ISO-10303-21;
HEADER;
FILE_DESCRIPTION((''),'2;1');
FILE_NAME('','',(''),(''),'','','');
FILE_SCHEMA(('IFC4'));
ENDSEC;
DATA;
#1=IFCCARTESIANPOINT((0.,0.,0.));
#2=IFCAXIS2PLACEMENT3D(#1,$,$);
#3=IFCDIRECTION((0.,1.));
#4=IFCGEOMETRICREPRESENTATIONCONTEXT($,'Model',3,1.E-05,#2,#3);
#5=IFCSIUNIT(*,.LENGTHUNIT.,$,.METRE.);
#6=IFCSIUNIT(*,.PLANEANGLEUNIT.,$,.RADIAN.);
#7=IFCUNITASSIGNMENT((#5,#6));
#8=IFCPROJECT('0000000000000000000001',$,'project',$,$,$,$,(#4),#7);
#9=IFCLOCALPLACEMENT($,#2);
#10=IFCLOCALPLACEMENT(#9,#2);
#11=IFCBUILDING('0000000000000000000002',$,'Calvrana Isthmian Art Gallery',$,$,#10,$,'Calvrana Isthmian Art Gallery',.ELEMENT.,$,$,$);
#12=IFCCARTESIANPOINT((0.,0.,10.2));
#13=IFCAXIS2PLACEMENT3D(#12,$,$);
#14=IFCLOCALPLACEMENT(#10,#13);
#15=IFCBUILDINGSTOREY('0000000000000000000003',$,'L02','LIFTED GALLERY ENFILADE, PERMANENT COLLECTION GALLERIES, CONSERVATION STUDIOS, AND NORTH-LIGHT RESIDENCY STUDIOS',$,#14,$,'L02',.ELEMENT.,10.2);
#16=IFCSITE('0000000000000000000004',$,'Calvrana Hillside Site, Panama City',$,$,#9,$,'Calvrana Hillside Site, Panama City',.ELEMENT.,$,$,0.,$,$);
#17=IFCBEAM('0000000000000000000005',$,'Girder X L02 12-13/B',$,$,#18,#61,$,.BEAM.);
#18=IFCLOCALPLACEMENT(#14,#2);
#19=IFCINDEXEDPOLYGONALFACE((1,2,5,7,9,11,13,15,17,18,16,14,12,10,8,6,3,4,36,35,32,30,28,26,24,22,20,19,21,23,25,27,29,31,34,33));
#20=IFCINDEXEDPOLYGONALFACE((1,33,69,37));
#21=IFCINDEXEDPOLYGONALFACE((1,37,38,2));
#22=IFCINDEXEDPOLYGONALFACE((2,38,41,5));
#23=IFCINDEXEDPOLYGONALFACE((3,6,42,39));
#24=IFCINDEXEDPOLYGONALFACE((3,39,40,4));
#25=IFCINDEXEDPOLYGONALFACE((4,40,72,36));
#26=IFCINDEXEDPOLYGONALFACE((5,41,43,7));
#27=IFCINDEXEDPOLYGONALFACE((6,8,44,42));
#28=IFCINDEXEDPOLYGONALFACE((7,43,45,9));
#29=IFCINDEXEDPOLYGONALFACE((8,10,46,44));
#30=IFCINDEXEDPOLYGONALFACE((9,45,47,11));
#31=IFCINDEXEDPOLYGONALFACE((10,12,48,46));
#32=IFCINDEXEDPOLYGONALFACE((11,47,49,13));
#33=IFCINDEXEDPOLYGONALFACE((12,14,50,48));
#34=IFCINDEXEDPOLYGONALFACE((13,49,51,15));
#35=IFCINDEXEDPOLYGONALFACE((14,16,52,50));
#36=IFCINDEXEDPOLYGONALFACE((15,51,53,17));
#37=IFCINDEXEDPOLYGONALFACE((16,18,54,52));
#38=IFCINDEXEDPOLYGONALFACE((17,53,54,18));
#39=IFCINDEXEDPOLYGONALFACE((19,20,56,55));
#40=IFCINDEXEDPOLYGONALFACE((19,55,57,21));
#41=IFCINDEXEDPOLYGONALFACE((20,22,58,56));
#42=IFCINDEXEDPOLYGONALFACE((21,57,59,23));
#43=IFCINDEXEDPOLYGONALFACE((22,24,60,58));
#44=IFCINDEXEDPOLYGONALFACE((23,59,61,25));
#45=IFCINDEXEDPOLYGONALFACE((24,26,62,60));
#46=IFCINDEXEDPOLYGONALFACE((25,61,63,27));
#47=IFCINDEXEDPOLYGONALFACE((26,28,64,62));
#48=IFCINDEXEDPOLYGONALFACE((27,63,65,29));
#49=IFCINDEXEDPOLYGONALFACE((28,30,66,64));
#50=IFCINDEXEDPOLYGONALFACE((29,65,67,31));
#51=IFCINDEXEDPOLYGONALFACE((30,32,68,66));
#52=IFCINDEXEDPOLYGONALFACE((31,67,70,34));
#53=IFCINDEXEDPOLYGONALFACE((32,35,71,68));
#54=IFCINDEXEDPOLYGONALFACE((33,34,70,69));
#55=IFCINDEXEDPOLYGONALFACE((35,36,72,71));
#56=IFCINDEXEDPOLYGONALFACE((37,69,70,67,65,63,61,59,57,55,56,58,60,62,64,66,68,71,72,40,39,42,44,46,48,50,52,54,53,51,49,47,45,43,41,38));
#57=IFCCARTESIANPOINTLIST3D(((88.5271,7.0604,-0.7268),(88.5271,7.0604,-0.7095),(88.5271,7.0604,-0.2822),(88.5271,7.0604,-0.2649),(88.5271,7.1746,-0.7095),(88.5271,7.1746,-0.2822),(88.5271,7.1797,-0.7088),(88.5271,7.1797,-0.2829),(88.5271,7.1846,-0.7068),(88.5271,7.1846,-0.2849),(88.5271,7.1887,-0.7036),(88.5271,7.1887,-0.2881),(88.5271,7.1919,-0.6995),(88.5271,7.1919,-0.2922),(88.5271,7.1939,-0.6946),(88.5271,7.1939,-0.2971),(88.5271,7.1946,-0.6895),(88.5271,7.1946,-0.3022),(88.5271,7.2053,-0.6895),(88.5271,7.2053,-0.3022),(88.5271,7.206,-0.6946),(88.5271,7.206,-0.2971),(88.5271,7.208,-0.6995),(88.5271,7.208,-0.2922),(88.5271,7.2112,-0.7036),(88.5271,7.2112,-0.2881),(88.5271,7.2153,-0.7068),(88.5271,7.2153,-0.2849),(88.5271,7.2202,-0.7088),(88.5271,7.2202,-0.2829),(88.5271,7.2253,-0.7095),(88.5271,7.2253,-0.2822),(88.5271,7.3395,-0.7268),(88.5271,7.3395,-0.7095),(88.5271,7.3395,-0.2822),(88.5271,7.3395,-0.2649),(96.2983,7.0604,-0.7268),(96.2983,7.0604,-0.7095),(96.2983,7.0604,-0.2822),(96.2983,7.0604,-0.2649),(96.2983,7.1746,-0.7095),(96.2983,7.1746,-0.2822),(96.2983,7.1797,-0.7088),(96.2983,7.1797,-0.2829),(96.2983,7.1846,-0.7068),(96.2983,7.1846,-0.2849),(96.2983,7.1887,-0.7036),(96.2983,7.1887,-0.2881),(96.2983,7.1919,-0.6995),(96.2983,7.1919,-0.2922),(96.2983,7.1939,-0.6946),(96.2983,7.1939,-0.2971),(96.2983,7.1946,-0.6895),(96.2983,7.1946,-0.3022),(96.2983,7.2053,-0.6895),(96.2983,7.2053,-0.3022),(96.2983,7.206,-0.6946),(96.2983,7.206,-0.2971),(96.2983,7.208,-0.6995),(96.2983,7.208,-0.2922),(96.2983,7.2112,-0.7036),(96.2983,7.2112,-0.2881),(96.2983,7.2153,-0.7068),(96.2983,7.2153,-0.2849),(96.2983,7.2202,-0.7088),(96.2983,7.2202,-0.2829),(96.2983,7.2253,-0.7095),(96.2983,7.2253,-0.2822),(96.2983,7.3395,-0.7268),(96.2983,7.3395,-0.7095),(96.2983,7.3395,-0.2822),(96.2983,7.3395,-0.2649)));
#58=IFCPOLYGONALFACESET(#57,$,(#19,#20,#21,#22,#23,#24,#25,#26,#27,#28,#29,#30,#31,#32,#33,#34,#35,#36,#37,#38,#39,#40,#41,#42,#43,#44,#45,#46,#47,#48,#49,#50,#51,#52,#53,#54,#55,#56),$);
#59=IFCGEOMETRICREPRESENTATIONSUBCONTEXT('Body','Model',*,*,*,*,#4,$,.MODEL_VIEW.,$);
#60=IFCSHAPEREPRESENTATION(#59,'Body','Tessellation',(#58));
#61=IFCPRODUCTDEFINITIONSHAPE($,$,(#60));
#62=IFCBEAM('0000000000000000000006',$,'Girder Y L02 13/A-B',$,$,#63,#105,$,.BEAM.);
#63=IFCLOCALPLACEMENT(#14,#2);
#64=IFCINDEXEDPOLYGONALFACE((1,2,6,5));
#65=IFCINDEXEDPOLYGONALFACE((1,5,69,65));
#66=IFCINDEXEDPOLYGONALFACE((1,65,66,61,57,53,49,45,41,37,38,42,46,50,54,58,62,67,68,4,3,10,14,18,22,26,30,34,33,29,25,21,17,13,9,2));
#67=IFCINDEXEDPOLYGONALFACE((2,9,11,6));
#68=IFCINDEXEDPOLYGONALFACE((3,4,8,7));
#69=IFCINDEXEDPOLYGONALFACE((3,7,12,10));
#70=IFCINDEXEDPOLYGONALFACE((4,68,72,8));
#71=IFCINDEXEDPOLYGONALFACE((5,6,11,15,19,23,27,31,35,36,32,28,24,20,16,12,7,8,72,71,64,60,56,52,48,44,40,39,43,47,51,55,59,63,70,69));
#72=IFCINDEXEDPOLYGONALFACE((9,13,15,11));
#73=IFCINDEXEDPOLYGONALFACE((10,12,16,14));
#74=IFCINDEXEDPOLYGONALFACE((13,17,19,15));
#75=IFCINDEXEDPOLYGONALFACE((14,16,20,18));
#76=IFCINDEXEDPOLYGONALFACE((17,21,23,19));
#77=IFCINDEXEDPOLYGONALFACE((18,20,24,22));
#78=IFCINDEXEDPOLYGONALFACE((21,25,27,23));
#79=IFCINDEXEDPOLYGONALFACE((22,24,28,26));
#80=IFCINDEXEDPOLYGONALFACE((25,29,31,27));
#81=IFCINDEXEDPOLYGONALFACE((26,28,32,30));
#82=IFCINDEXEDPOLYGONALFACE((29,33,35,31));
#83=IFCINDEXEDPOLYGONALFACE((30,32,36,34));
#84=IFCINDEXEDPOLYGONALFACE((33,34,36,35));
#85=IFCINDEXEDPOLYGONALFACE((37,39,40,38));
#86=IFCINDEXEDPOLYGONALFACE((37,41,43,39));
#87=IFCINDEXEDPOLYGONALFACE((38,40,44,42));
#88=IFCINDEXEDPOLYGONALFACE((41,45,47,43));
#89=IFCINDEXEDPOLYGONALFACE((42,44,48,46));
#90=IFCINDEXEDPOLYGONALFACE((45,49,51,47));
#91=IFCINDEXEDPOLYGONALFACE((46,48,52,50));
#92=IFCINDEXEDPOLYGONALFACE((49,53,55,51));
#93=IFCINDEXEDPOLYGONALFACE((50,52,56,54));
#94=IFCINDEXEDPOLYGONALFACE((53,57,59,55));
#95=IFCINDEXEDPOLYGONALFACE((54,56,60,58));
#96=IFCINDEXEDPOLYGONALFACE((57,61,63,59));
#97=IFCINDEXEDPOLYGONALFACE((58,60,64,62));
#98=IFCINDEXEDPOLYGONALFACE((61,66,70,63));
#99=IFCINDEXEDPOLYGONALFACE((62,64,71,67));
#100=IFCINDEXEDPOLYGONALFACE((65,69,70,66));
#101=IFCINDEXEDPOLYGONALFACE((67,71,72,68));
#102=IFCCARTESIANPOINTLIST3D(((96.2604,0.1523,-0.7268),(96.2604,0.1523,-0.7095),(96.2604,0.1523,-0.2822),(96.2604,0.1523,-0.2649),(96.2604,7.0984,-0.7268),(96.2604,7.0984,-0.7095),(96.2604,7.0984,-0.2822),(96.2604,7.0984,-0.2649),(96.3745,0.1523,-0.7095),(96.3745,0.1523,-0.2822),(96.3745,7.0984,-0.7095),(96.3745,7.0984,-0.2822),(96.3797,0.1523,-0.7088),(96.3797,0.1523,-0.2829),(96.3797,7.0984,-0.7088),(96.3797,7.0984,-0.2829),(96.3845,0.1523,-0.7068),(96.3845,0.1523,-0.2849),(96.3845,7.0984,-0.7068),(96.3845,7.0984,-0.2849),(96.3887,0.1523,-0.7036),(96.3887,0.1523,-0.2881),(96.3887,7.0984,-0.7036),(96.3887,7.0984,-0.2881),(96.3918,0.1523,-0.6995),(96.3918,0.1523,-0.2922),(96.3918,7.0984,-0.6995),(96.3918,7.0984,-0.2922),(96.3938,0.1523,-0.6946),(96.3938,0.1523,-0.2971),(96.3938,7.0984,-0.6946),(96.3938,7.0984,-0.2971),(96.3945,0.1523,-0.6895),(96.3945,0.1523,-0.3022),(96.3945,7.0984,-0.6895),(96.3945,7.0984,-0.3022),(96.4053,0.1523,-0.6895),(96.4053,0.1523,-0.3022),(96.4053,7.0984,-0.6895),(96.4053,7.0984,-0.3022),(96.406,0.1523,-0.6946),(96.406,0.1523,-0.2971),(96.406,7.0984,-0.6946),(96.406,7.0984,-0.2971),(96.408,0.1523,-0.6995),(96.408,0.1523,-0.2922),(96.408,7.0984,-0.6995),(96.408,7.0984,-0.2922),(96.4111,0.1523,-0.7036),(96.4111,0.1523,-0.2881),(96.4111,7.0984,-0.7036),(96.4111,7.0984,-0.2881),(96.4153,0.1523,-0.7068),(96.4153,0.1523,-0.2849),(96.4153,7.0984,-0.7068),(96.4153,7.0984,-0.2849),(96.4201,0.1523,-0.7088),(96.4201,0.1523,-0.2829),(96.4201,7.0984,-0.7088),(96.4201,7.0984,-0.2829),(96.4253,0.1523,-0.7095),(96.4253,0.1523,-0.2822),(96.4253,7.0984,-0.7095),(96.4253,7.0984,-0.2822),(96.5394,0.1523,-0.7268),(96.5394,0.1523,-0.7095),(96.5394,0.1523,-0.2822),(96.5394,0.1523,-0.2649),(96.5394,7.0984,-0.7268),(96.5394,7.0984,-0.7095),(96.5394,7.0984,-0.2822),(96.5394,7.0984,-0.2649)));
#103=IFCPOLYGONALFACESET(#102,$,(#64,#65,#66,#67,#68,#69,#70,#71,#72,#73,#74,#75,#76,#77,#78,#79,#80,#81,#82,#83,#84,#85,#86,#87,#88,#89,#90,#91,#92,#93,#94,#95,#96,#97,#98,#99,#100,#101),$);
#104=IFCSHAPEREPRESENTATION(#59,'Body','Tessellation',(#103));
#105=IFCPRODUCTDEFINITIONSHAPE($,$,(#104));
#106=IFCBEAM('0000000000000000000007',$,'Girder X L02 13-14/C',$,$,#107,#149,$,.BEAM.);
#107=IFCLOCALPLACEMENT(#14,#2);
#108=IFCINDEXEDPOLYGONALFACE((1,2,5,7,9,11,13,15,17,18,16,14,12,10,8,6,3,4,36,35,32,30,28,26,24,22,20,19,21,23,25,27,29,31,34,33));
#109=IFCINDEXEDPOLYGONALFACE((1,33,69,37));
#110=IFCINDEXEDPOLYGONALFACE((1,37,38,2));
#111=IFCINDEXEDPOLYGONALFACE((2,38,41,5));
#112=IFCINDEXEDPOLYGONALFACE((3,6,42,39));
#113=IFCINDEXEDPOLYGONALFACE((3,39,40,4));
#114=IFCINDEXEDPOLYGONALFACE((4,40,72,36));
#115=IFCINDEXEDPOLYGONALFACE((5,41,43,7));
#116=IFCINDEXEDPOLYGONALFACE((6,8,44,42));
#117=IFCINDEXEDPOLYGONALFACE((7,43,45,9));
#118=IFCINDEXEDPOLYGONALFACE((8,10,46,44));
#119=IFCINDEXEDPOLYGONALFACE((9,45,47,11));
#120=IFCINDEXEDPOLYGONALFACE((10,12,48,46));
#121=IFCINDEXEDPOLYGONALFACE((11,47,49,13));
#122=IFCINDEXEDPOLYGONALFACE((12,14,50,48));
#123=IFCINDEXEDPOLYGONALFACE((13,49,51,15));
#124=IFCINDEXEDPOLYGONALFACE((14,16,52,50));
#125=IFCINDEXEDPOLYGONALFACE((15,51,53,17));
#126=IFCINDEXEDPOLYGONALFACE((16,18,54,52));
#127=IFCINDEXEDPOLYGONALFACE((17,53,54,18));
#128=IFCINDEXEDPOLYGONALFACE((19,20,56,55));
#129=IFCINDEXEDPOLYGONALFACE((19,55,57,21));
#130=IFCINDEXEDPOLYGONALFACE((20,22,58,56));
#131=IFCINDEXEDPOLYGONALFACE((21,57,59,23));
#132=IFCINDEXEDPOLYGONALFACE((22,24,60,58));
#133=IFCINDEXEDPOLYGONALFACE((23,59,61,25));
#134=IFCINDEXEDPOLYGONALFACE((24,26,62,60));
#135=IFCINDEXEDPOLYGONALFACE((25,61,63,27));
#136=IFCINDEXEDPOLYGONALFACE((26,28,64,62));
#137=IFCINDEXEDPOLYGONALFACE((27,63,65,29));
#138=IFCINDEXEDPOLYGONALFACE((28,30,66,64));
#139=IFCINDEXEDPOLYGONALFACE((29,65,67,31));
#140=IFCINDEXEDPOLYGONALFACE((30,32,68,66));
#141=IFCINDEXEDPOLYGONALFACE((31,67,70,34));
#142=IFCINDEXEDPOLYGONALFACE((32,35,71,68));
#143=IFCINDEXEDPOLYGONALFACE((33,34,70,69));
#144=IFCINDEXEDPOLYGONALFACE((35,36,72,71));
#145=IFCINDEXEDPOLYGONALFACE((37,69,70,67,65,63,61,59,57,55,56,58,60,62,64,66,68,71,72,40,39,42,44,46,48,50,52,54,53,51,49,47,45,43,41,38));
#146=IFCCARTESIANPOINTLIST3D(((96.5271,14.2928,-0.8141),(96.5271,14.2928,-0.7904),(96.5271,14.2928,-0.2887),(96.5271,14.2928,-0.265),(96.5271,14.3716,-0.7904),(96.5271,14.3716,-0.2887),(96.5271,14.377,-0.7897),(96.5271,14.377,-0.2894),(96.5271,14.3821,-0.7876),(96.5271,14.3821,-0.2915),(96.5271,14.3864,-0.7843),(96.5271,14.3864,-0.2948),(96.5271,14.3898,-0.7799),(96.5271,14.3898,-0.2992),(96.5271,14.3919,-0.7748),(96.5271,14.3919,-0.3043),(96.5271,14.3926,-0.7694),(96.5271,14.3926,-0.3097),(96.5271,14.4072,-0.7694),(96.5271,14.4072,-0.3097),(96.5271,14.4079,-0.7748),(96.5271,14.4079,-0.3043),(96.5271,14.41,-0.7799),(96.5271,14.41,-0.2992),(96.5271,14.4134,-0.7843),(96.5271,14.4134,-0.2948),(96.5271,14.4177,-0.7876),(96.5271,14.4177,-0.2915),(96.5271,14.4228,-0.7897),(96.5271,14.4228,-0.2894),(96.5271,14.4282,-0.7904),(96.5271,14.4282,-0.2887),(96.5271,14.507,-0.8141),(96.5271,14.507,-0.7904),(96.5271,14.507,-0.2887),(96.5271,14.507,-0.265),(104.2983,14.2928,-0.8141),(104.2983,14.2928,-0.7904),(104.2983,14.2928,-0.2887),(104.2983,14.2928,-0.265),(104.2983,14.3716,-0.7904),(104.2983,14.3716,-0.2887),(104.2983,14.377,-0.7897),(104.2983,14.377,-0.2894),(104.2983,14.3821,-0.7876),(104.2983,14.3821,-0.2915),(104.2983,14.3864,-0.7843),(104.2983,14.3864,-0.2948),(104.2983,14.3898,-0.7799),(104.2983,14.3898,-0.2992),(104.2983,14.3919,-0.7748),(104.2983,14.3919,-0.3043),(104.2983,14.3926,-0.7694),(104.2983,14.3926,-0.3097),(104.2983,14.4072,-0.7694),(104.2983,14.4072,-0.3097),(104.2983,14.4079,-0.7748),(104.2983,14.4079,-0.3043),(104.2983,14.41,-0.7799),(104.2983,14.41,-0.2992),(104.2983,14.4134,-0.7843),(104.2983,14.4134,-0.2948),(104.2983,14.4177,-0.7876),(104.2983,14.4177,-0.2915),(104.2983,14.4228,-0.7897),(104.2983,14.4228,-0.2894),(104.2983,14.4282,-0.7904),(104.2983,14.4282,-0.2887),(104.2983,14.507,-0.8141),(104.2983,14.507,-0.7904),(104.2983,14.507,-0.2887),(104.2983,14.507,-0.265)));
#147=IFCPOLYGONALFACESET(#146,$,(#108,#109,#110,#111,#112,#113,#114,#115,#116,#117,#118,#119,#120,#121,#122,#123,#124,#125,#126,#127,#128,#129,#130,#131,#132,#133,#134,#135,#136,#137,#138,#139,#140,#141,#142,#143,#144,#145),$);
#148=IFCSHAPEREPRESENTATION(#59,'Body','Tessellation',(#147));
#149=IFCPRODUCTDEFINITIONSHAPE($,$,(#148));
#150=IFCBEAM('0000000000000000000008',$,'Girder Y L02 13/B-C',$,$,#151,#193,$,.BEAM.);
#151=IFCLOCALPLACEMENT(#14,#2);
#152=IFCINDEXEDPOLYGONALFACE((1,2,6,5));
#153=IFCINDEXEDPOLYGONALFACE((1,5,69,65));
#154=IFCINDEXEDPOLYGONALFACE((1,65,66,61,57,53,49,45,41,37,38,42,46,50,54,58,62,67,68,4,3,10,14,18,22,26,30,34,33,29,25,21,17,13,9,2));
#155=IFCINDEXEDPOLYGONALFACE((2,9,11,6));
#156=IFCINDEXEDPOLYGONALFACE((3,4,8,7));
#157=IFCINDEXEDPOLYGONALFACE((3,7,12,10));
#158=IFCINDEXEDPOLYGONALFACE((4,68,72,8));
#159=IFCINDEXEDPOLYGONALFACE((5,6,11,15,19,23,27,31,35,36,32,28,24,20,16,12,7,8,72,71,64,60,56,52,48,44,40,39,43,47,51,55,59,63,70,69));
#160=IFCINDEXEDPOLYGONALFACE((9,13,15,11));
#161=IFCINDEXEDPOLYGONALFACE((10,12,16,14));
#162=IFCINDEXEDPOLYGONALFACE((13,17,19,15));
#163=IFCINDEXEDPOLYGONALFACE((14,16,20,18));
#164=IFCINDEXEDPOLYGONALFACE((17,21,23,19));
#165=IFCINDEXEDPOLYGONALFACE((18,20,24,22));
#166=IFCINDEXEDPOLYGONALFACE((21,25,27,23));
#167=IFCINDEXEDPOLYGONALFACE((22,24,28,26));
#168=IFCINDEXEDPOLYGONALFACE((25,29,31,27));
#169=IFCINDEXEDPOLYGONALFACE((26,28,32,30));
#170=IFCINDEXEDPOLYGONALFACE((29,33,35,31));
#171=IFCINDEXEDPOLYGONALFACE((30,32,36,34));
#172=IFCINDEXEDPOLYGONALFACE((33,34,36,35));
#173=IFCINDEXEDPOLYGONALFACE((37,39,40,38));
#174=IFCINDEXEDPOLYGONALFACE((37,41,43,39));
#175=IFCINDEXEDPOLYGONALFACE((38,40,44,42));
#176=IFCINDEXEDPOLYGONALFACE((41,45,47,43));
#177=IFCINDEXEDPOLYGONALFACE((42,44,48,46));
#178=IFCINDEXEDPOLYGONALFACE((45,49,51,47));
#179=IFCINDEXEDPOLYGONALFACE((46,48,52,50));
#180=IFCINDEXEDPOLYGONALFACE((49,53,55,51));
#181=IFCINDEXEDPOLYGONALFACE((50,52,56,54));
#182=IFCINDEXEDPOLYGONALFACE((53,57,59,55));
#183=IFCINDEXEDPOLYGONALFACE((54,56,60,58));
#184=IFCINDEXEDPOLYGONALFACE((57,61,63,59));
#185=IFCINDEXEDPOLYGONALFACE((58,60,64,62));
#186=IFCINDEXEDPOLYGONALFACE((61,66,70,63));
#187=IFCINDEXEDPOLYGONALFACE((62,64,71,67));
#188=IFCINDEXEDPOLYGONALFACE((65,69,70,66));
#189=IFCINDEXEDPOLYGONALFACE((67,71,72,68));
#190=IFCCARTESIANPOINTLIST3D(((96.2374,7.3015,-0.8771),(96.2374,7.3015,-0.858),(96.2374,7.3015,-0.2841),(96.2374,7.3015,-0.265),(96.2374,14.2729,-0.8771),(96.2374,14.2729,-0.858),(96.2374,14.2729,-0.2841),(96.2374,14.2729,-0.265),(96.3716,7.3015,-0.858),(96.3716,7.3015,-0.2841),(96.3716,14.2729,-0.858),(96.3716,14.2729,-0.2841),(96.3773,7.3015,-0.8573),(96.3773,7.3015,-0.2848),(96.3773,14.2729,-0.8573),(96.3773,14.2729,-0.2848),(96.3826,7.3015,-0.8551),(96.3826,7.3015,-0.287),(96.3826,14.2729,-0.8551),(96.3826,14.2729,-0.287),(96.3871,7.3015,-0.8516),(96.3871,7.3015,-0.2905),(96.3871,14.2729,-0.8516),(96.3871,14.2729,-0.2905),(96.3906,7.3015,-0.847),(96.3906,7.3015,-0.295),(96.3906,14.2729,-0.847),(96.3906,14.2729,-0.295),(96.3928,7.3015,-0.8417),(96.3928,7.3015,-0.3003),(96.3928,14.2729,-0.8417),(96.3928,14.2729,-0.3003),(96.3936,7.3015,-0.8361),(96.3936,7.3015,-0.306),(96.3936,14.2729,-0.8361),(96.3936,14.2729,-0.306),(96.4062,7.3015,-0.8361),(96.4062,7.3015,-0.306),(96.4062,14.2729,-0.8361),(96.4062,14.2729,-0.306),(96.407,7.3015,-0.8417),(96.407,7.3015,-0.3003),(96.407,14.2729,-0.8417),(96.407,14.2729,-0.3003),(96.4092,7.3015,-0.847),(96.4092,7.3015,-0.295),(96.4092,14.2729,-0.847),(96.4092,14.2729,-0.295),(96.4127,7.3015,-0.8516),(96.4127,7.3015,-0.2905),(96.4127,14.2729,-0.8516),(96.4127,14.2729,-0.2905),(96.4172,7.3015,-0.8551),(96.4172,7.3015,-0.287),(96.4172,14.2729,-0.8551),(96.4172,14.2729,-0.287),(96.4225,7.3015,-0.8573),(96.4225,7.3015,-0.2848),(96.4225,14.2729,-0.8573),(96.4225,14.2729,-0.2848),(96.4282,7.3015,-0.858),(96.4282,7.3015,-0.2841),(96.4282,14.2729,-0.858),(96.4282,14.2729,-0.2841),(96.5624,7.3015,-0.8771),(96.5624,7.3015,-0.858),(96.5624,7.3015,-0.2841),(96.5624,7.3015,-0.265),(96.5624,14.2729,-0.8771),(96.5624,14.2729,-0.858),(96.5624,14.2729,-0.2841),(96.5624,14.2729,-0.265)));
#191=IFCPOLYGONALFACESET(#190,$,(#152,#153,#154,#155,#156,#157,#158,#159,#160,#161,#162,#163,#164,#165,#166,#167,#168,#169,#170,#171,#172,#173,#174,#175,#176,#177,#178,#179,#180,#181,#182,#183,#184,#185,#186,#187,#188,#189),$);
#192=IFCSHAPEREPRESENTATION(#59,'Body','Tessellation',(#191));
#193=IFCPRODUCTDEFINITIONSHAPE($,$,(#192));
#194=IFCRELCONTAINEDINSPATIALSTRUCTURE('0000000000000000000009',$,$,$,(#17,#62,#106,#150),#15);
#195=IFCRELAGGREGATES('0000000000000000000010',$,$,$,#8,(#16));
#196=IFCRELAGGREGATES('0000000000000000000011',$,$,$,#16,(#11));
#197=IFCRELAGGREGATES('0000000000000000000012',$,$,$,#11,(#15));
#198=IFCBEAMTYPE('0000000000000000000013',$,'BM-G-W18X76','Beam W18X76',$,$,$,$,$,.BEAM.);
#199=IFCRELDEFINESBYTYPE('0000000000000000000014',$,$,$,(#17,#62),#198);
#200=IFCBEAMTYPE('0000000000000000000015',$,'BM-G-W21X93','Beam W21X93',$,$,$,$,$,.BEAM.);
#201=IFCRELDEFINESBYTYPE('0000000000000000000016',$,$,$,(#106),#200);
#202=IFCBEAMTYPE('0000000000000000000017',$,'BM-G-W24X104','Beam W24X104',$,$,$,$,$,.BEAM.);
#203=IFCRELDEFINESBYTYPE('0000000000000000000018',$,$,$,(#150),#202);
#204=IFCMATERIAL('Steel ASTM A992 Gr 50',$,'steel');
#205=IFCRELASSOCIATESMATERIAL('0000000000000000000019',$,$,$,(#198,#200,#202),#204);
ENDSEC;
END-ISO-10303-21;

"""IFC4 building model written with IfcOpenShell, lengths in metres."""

from ifc_helpers import new_model, si_unit, direction, frame, origin, origin_2d, place, context, subcontext, project, spatial, i_section, extrude, material, material_profile, profile_set, type_object, element, save


model = new_model("IFC4")

# Units and contexts
model_context = context("Model", 3, precision=1e-05, world=origin(), true_north=direction((0.0, 1.0)))
body_context = subcontext(model_context, "Body", "Model", "MODEL_VIEW")
ifc_project = project(units=[si_unit("LENGTHUNIT", "METRE"), si_unit("PLANEANGLEUNIT", "RADIAN")], contexts=[model_context])

# Site, building, storey
site_placement = place(None, origin())
site = spatial("IfcSite", under=ifc_project, at=site_placement, Name="Calvrana Hillside Site, Panama City", LongName="Calvrana Hillside Site, Panama City", CompositionType="ELEMENT", RefElevation=0.0)
building_placement = place(site_placement, origin())
building = spatial("IfcBuilding", under=site, at=building_placement, Name="Calvrana Isthmian Art Gallery", LongName="Calvrana Isthmian Art Gallery", CompositionType="ELEMENT")
storey_placement = place(building_placement, frame((0.0, 0.0, 10.2)))
storey = spatial("IfcBuildingStorey", under=building, at=storey_placement, Name="L02", Description="LIFTED GALLERY ENFILADE, PERMANENT COLLECTION GALLERIES, CONSERVATION STUDIOS, AND NORTH-LIGHT RESIDENCY STUDIOS", LongName="L02", CompositionType="ELEMENT", Elevation=10.2)

# Beams
ifc_material_1 = material(Name="Steel ASTM A992 Gr 50", Category="steel")
ifc_material_profile_1 = material_profile(ifc_material_1, i_section(OverallWidth=0.2791, OverallDepth=0.4619, WebThickness=0.0107, FlangeThickness=0.0173, FilletRadius=0.02, at=origin_2d()), Name="W18X76")
ifc_profile_set_1 = profile_set([ifc_material_profile_1], Name="Steel ASTM A992 Gr 50")
beam_type_1 = type_object("IfcBeamType", Name="BM-G-W18X76", Description="Beam W18X76", PredefinedType="BEAM", material=ifc_profile_set_1)
beam_1_placement = place(storey_placement, frame((88.5271, 7.2, -0.4958), z_axis=(1.0, 0.0, 0.0), x_axis=(0.0, 1.0, 0.0)))
element("IfcBeam", 1, at=beam_1_placement, inside=storey, type_object=beam_type_1, Name="Girder X L02 12-13/B", PredefinedType="BEAM", context=body_context, shape_type="SweptSolid", body=[
    extrude(i_section(OverallWidth=0.2791, OverallDepth=0.4619, WebThickness=0.0107, FlangeThickness=0.0173, FilletRadius=0.02, at=origin_2d()), origin(), (0.0, 0.0, 1.0), 7.7712),
])
beam_2_placement = place(storey_placement, frame((96.3999, 0.1523, -0.4958), z_axis=(0.0, 1.0, 0.0), x_axis=(-1.0, 0.0, 0.0)))
element("IfcBeam", 2, at=beam_2_placement, inside=storey, type_object=beam_type_1, Name="Girder Y L02 13/A-B", PredefinedType="BEAM", context=body_context, shape_type="SweptSolid", body=[
    extrude(i_section(OverallWidth=0.2791, OverallDepth=0.4619, WebThickness=0.0107, FlangeThickness=0.0173, FilletRadius=0.02, at=origin_2d()), origin(), (0.0, 0.0, 1.0), 6.946),
])
ifc_material_profile_2 = material_profile(ifc_material_1, i_section(OverallWidth=0.2141, OverallDepth=0.5491, WebThickness=0.0146, FlangeThickness=0.0237, FilletRadius=0.021, at=origin_2d()), Name="W21X93")
ifc_profile_set_2 = profile_set([ifc_material_profile_2], Name="Steel ASTM A992 Gr 50")
beam_type_2 = type_object("IfcBeamType", Name="BM-G-W21X93", Description="Beam W21X93", PredefinedType="BEAM", material=ifc_profile_set_2)
beam_3_placement = place(storey_placement, frame((96.5271, 14.3999, -0.5396), z_axis=(1.0, 0.0, 0.0), x_axis=(0.0, 1.0, 0.0)))
element("IfcBeam", 3, at=beam_3_placement, inside=storey, type_object=beam_type_2, Name="Girder X L02 13-14/C", PredefinedType="BEAM", context=body_context, shape_type="SweptSolid", body=[
    extrude(i_section(OverallWidth=0.2141, OverallDepth=0.5491, WebThickness=0.0146, FlangeThickness=0.0237, FilletRadius=0.021, at=origin_2d()), origin(), (0.0, 0.0, 1.0), 7.7712),
])
ifc_material_profile_3 = material_profile(ifc_material_1, i_section(OverallWidth=0.325, OverallDepth=0.6121, WebThickness=0.0127, FlangeThickness=0.019, FilletRadius=0.022, at=origin_2d()), Name="W24X104")
ifc_profile_set_3 = profile_set([ifc_material_profile_3], Name="Steel ASTM A992 Gr 50")
beam_type_3 = type_object("IfcBeamType", Name="BM-G-W24X104", Description="Beam W24X104", PredefinedType="BEAM", material=ifc_profile_set_3)
beam_4_placement = place(storey_placement, frame((96.3999, 7.3015, -0.571), z_axis=(0.0, 1.0, 0.0), x_axis=(-1.0, 0.0, 0.0)))
element("IfcBeam", 4, at=beam_4_placement, inside=storey, type_object=beam_type_3, Name="Girder Y L02 13/B-C", PredefinedType="BEAM", context=body_context, shape_type="SweptSolid", body=[
    extrude(i_section(OverallWidth=0.325, OverallDepth=0.6121, WebThickness=0.0127, FlangeThickness=0.019, FilletRadius=0.022, at=origin_2d()), origin(), (0.0, 0.0, 1.0), 6.9714),
])

save(model, "model.ifc")
